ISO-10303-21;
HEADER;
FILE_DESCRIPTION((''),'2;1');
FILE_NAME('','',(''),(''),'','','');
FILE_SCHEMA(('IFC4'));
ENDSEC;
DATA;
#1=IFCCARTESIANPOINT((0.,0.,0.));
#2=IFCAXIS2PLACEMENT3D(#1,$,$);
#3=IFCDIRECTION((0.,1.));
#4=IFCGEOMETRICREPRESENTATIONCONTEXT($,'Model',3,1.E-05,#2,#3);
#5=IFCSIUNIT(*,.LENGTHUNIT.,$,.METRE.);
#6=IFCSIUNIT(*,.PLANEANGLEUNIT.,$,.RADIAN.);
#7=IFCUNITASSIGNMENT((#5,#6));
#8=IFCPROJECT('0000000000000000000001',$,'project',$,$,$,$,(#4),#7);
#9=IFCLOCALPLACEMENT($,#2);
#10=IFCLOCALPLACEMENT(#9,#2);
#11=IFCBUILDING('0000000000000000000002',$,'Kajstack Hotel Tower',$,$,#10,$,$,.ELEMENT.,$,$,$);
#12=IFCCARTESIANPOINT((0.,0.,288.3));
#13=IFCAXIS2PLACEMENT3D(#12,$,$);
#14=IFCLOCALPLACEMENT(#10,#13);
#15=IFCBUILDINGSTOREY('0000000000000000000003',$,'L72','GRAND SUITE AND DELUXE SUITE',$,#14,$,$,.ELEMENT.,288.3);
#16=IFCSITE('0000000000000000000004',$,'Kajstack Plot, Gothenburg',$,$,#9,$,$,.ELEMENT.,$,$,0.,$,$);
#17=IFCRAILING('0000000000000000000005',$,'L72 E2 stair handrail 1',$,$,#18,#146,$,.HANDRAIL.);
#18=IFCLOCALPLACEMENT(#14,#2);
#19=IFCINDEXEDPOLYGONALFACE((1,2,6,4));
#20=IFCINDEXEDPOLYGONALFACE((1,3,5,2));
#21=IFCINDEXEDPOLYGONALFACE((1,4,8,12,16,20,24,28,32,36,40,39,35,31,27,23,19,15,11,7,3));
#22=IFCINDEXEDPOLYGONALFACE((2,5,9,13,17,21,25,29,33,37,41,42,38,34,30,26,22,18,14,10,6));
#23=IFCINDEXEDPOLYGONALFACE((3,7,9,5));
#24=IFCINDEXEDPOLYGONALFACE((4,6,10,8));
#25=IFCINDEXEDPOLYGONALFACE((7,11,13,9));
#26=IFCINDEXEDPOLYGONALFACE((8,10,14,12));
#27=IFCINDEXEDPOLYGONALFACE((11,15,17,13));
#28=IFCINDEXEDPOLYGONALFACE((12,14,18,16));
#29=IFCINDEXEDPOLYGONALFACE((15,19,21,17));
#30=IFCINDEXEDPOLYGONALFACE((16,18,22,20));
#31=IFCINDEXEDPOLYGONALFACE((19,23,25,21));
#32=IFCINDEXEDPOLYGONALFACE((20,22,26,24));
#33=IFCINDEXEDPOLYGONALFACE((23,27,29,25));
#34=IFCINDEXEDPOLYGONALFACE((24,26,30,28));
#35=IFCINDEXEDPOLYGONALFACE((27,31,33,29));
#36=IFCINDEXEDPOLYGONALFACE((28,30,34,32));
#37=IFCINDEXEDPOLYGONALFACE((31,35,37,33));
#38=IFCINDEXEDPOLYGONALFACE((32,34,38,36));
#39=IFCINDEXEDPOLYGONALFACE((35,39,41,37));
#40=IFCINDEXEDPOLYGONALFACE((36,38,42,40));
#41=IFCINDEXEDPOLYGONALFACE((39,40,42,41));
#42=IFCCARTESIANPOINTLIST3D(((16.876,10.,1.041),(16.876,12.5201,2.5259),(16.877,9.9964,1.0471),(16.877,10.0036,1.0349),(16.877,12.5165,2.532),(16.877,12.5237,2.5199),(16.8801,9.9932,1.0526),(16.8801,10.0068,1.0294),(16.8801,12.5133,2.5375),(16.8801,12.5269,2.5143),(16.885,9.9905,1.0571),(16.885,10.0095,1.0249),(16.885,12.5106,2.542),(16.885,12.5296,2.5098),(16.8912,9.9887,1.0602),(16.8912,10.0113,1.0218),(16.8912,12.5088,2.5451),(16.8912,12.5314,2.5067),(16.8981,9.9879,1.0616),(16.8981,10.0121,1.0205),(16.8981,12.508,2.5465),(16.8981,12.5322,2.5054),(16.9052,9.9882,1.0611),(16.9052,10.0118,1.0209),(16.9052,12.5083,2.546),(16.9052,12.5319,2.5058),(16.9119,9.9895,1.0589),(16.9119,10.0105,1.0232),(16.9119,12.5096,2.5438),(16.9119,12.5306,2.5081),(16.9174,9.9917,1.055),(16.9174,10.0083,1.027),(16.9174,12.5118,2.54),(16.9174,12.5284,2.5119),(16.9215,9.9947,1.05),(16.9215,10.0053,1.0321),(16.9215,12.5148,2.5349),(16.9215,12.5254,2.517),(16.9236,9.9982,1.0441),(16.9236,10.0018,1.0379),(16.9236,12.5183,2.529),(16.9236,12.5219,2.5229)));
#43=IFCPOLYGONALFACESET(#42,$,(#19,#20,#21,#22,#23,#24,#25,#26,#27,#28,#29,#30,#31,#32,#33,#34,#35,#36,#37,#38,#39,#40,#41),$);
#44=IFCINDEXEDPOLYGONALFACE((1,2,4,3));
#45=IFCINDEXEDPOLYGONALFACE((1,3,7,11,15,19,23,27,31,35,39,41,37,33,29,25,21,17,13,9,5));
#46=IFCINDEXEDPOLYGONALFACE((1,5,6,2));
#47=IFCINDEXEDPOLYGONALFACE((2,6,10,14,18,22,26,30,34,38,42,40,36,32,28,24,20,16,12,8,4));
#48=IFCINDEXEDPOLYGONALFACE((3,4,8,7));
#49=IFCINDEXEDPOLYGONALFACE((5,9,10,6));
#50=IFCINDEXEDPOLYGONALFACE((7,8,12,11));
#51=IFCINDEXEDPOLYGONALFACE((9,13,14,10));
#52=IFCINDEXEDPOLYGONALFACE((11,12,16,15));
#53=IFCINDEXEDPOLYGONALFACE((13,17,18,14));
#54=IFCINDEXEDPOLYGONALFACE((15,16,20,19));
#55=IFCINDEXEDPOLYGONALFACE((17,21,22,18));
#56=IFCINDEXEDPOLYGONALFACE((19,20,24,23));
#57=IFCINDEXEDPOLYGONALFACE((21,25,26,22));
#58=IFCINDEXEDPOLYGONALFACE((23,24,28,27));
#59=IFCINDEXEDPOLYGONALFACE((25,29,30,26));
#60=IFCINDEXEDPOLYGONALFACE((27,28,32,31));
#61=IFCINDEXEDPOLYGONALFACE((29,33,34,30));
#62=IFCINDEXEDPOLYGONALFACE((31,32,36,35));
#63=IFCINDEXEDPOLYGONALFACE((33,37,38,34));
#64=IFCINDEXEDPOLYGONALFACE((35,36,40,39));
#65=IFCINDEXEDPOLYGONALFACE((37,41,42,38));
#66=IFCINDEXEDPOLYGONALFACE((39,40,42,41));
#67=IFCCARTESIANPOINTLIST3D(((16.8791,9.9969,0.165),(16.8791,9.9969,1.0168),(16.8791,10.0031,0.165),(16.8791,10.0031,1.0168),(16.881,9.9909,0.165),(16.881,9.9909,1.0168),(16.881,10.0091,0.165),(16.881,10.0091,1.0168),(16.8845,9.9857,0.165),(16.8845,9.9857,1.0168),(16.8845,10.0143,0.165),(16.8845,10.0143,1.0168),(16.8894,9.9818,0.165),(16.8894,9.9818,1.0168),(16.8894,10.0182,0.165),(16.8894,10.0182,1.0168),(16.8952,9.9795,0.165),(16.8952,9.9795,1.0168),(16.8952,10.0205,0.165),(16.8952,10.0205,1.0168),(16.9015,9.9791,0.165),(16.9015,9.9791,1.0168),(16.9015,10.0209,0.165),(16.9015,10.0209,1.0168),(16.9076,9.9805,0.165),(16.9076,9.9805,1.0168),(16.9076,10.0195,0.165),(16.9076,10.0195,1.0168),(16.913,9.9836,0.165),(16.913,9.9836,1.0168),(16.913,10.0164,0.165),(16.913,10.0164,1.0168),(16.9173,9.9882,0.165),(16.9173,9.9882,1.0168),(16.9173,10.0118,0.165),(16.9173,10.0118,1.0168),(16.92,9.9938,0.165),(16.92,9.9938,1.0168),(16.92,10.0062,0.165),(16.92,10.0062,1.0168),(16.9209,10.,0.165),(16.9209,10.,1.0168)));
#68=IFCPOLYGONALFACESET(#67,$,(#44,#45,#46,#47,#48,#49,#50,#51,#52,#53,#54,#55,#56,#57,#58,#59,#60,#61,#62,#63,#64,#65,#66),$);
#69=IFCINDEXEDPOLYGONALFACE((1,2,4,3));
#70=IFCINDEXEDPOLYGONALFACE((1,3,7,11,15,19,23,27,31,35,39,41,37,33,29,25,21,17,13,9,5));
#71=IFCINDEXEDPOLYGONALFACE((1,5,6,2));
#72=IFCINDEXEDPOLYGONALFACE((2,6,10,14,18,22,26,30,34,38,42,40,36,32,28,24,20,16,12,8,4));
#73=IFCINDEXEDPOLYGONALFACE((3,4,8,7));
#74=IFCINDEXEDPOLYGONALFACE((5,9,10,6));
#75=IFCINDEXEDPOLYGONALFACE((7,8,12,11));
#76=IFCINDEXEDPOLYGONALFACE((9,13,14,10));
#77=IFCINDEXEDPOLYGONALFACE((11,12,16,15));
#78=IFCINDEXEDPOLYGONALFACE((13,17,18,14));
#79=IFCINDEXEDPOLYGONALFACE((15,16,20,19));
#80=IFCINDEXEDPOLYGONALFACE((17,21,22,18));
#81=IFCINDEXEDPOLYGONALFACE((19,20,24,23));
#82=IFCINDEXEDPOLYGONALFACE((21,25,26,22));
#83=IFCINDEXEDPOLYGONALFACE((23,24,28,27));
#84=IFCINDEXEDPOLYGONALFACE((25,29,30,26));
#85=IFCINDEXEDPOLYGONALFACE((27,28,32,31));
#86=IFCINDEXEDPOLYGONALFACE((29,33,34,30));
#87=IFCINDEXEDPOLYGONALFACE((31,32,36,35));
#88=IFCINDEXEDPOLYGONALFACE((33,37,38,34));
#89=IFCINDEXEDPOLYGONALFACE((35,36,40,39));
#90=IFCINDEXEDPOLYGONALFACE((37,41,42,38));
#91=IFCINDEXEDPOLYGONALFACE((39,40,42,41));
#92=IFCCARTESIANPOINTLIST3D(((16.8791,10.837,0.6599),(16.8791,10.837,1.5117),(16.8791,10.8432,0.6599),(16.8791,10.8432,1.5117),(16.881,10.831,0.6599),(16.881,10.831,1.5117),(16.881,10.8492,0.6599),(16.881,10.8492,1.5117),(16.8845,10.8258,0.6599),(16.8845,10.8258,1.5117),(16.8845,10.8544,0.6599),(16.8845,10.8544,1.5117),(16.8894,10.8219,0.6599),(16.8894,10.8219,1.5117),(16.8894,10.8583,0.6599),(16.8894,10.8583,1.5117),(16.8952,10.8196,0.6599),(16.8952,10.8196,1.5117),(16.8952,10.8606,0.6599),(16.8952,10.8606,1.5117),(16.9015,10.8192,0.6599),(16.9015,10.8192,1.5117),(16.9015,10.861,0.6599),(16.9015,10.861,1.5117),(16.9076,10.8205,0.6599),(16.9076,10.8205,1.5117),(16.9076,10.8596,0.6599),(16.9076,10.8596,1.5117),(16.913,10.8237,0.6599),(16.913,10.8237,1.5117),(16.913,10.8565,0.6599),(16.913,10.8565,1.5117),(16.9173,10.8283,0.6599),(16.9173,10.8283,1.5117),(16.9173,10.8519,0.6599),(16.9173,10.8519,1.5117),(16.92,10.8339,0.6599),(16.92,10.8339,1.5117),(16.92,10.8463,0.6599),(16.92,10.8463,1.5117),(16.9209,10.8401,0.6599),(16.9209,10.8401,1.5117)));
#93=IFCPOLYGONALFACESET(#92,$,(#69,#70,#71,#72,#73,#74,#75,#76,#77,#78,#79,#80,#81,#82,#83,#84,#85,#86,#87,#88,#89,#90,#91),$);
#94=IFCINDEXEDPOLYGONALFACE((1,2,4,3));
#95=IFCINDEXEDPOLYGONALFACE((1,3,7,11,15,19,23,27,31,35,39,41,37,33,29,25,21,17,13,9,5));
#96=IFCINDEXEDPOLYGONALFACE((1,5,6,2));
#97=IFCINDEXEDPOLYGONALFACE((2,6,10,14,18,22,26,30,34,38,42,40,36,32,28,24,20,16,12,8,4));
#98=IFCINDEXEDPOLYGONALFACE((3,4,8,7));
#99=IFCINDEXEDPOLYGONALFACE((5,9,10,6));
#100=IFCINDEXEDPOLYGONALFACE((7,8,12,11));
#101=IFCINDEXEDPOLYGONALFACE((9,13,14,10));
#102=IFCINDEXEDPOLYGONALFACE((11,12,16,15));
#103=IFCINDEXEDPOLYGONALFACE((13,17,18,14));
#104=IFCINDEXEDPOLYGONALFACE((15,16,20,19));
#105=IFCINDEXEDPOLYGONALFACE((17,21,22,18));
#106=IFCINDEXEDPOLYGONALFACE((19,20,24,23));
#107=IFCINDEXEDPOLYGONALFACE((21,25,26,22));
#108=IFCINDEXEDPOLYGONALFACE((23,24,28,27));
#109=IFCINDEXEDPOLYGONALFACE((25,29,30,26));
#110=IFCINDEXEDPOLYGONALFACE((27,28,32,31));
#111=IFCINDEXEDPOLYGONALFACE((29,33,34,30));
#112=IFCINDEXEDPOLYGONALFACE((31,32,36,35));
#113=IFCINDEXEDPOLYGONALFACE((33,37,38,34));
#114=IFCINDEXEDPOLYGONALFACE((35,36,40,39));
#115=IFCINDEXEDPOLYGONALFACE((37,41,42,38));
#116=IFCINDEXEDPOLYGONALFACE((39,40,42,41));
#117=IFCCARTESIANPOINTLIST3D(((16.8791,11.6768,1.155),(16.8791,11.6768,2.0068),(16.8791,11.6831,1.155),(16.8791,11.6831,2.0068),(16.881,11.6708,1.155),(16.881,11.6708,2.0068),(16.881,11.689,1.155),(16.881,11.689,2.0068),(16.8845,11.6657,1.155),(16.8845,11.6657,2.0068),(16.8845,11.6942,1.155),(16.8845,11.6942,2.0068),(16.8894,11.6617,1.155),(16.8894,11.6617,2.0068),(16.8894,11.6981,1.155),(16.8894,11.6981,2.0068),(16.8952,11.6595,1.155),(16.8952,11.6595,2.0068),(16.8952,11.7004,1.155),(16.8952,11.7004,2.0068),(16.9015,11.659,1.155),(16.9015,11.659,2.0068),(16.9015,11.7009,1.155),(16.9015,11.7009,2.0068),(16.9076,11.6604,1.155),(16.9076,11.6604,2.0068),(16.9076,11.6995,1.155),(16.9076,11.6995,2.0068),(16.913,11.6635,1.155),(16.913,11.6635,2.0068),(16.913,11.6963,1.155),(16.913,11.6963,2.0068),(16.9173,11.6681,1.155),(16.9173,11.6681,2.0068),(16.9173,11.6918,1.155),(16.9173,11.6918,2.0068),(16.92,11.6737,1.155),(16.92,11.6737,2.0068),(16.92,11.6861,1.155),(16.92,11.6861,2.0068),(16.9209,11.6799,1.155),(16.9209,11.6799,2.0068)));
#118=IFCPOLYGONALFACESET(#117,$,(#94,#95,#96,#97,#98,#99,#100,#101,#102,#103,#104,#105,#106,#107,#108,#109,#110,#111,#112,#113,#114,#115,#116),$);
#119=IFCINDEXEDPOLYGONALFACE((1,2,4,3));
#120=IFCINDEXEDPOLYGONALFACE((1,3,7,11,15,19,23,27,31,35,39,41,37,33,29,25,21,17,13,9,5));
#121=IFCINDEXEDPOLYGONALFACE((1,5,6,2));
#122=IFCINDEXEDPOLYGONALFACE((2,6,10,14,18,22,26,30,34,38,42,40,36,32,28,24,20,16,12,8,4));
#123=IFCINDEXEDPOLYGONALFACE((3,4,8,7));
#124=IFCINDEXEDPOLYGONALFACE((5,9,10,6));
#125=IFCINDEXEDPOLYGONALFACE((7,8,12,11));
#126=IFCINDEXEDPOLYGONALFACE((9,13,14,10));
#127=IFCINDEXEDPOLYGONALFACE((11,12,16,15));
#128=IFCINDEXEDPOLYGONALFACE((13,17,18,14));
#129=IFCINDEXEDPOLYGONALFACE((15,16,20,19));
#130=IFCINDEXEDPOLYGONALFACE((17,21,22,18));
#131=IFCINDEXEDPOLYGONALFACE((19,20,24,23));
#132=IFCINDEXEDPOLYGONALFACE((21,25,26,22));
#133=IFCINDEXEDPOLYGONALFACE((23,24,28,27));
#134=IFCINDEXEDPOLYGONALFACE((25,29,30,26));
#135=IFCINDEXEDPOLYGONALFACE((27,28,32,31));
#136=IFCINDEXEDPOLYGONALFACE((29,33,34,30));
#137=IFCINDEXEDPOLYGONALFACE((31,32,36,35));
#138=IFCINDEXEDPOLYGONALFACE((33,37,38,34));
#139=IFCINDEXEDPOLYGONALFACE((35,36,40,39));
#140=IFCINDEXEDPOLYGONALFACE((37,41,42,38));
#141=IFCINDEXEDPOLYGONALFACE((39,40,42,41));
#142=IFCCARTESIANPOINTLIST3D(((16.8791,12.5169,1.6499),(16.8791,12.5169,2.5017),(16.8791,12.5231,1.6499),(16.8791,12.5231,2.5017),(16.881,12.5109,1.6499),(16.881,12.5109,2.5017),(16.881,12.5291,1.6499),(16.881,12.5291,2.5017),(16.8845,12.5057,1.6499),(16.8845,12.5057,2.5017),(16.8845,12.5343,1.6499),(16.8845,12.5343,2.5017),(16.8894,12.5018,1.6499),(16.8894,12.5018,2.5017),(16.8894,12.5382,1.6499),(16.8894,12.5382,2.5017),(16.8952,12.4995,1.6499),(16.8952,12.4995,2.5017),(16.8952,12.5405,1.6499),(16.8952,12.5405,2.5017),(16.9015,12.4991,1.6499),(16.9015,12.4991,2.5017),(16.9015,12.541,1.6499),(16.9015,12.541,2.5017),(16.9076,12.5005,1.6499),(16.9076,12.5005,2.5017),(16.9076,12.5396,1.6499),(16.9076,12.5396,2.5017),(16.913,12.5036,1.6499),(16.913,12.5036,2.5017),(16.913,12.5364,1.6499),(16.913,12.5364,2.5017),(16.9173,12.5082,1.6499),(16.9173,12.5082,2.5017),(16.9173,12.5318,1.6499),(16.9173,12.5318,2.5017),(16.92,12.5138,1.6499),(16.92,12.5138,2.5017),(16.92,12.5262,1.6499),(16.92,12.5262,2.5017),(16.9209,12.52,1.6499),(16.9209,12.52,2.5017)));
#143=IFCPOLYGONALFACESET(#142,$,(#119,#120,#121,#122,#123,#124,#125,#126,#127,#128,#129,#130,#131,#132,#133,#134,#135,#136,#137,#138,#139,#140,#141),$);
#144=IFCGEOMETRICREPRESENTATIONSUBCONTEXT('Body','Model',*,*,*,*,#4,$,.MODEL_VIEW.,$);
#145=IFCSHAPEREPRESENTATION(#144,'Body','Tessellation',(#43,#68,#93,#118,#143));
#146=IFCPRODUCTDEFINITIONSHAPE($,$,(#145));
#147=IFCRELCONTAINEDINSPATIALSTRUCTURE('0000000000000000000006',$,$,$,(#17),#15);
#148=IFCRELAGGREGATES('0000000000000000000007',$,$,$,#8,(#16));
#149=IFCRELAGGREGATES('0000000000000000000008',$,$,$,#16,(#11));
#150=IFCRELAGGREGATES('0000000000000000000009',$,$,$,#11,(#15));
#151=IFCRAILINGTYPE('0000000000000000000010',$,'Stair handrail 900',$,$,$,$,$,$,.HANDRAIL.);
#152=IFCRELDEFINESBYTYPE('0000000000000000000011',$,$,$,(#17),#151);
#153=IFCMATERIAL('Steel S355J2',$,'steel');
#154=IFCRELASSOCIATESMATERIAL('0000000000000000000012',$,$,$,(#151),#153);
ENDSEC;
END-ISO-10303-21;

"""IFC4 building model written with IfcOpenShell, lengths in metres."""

from ifc_helpers import new_model, si_unit, direction, frame, origin, origin_2d, place, context, subcontext, project, spatial, circle, extrude, material, type_object, element, save


model = new_model("IFC4")

# Units and contexts
model_context = context("Model", 3, precision=1e-05, world=origin(), true_north=direction((0.0, 1.0)))
body_context = subcontext(model_context, "Body", "Model", "MODEL_VIEW")
ifc_project = project(units=[si_unit("LENGTHUNIT", "METRE"), si_unit("PLANEANGLEUNIT", "RADIAN")], contexts=[model_context])

# Site, building, storey
site_placement = place(None, origin())
site = spatial("IfcSite", under=ifc_project, at=site_placement, Name="Kajstack Plot, Gothenburg", CompositionType="ELEMENT", RefElevation=0.0)
building_placement = place(site_placement, origin())
building = spatial("IfcBuilding", under=site, at=building_placement, Name="Kajstack Hotel Tower", CompositionType="ELEMENT")
storey_placement = place(building_placement, frame((0.0, 0.0, 288.3)))
storey = spatial("IfcBuildingStorey", under=building, at=storey_placement, Name="L72", Description="GRAND SUITE AND DELUXE SUITE", CompositionType="ELEMENT", Elevation=288.3)

# Railing
ifc_material_1 = material(Name="Steel S355J2", Category="steel")
railing_type_1 = type_object("IfcRailingType", Name="Stair handrail 900", PredefinedType="HANDRAIL", material=ifc_material_1)
railing_1_placement = place(storey_placement, frame((16.8999, 10.0, 0.165)))
element("IfcRailing", 1, at=railing_1_placement, inside=storey, type_object=railing_type_1, Name="L72 E2 stair handrail 1", PredefinedType="HANDRAIL", context=body_context, shape_type="SweptSolid", body=[
    extrude(circle(Radius=0.0239, at=origin_2d()), frame((0.0, 0.0, 0.876), z_axis=(0.0, 0.861561, 0.507655), x_axis=(-1.0, 0.0, 0.0)), (0.0, 0.0, 1.0), 2.925),
    extrude(circle(Radius=0.021, at=origin_2d()), origin(), (0.0, 0.0, 1.0), 0.8518),
    extrude(circle(Radius=0.021, at=origin_2d()), frame((0.0, 0.8401, 0.4949)), (0.0, 0.0, 1.0), 0.8518),
    extrude(circle(Radius=0.021, at=origin_2d()), frame((0.0, 1.6799, 0.99)), (0.0, 0.0, 1.0), 0.8518),
    extrude(circle(Radius=0.021, at=origin_2d()), frame((0.0, 2.52, 1.4849)), (0.0, 0.0, 1.0), 0.8518),
])

save(model, "model.ifc")
